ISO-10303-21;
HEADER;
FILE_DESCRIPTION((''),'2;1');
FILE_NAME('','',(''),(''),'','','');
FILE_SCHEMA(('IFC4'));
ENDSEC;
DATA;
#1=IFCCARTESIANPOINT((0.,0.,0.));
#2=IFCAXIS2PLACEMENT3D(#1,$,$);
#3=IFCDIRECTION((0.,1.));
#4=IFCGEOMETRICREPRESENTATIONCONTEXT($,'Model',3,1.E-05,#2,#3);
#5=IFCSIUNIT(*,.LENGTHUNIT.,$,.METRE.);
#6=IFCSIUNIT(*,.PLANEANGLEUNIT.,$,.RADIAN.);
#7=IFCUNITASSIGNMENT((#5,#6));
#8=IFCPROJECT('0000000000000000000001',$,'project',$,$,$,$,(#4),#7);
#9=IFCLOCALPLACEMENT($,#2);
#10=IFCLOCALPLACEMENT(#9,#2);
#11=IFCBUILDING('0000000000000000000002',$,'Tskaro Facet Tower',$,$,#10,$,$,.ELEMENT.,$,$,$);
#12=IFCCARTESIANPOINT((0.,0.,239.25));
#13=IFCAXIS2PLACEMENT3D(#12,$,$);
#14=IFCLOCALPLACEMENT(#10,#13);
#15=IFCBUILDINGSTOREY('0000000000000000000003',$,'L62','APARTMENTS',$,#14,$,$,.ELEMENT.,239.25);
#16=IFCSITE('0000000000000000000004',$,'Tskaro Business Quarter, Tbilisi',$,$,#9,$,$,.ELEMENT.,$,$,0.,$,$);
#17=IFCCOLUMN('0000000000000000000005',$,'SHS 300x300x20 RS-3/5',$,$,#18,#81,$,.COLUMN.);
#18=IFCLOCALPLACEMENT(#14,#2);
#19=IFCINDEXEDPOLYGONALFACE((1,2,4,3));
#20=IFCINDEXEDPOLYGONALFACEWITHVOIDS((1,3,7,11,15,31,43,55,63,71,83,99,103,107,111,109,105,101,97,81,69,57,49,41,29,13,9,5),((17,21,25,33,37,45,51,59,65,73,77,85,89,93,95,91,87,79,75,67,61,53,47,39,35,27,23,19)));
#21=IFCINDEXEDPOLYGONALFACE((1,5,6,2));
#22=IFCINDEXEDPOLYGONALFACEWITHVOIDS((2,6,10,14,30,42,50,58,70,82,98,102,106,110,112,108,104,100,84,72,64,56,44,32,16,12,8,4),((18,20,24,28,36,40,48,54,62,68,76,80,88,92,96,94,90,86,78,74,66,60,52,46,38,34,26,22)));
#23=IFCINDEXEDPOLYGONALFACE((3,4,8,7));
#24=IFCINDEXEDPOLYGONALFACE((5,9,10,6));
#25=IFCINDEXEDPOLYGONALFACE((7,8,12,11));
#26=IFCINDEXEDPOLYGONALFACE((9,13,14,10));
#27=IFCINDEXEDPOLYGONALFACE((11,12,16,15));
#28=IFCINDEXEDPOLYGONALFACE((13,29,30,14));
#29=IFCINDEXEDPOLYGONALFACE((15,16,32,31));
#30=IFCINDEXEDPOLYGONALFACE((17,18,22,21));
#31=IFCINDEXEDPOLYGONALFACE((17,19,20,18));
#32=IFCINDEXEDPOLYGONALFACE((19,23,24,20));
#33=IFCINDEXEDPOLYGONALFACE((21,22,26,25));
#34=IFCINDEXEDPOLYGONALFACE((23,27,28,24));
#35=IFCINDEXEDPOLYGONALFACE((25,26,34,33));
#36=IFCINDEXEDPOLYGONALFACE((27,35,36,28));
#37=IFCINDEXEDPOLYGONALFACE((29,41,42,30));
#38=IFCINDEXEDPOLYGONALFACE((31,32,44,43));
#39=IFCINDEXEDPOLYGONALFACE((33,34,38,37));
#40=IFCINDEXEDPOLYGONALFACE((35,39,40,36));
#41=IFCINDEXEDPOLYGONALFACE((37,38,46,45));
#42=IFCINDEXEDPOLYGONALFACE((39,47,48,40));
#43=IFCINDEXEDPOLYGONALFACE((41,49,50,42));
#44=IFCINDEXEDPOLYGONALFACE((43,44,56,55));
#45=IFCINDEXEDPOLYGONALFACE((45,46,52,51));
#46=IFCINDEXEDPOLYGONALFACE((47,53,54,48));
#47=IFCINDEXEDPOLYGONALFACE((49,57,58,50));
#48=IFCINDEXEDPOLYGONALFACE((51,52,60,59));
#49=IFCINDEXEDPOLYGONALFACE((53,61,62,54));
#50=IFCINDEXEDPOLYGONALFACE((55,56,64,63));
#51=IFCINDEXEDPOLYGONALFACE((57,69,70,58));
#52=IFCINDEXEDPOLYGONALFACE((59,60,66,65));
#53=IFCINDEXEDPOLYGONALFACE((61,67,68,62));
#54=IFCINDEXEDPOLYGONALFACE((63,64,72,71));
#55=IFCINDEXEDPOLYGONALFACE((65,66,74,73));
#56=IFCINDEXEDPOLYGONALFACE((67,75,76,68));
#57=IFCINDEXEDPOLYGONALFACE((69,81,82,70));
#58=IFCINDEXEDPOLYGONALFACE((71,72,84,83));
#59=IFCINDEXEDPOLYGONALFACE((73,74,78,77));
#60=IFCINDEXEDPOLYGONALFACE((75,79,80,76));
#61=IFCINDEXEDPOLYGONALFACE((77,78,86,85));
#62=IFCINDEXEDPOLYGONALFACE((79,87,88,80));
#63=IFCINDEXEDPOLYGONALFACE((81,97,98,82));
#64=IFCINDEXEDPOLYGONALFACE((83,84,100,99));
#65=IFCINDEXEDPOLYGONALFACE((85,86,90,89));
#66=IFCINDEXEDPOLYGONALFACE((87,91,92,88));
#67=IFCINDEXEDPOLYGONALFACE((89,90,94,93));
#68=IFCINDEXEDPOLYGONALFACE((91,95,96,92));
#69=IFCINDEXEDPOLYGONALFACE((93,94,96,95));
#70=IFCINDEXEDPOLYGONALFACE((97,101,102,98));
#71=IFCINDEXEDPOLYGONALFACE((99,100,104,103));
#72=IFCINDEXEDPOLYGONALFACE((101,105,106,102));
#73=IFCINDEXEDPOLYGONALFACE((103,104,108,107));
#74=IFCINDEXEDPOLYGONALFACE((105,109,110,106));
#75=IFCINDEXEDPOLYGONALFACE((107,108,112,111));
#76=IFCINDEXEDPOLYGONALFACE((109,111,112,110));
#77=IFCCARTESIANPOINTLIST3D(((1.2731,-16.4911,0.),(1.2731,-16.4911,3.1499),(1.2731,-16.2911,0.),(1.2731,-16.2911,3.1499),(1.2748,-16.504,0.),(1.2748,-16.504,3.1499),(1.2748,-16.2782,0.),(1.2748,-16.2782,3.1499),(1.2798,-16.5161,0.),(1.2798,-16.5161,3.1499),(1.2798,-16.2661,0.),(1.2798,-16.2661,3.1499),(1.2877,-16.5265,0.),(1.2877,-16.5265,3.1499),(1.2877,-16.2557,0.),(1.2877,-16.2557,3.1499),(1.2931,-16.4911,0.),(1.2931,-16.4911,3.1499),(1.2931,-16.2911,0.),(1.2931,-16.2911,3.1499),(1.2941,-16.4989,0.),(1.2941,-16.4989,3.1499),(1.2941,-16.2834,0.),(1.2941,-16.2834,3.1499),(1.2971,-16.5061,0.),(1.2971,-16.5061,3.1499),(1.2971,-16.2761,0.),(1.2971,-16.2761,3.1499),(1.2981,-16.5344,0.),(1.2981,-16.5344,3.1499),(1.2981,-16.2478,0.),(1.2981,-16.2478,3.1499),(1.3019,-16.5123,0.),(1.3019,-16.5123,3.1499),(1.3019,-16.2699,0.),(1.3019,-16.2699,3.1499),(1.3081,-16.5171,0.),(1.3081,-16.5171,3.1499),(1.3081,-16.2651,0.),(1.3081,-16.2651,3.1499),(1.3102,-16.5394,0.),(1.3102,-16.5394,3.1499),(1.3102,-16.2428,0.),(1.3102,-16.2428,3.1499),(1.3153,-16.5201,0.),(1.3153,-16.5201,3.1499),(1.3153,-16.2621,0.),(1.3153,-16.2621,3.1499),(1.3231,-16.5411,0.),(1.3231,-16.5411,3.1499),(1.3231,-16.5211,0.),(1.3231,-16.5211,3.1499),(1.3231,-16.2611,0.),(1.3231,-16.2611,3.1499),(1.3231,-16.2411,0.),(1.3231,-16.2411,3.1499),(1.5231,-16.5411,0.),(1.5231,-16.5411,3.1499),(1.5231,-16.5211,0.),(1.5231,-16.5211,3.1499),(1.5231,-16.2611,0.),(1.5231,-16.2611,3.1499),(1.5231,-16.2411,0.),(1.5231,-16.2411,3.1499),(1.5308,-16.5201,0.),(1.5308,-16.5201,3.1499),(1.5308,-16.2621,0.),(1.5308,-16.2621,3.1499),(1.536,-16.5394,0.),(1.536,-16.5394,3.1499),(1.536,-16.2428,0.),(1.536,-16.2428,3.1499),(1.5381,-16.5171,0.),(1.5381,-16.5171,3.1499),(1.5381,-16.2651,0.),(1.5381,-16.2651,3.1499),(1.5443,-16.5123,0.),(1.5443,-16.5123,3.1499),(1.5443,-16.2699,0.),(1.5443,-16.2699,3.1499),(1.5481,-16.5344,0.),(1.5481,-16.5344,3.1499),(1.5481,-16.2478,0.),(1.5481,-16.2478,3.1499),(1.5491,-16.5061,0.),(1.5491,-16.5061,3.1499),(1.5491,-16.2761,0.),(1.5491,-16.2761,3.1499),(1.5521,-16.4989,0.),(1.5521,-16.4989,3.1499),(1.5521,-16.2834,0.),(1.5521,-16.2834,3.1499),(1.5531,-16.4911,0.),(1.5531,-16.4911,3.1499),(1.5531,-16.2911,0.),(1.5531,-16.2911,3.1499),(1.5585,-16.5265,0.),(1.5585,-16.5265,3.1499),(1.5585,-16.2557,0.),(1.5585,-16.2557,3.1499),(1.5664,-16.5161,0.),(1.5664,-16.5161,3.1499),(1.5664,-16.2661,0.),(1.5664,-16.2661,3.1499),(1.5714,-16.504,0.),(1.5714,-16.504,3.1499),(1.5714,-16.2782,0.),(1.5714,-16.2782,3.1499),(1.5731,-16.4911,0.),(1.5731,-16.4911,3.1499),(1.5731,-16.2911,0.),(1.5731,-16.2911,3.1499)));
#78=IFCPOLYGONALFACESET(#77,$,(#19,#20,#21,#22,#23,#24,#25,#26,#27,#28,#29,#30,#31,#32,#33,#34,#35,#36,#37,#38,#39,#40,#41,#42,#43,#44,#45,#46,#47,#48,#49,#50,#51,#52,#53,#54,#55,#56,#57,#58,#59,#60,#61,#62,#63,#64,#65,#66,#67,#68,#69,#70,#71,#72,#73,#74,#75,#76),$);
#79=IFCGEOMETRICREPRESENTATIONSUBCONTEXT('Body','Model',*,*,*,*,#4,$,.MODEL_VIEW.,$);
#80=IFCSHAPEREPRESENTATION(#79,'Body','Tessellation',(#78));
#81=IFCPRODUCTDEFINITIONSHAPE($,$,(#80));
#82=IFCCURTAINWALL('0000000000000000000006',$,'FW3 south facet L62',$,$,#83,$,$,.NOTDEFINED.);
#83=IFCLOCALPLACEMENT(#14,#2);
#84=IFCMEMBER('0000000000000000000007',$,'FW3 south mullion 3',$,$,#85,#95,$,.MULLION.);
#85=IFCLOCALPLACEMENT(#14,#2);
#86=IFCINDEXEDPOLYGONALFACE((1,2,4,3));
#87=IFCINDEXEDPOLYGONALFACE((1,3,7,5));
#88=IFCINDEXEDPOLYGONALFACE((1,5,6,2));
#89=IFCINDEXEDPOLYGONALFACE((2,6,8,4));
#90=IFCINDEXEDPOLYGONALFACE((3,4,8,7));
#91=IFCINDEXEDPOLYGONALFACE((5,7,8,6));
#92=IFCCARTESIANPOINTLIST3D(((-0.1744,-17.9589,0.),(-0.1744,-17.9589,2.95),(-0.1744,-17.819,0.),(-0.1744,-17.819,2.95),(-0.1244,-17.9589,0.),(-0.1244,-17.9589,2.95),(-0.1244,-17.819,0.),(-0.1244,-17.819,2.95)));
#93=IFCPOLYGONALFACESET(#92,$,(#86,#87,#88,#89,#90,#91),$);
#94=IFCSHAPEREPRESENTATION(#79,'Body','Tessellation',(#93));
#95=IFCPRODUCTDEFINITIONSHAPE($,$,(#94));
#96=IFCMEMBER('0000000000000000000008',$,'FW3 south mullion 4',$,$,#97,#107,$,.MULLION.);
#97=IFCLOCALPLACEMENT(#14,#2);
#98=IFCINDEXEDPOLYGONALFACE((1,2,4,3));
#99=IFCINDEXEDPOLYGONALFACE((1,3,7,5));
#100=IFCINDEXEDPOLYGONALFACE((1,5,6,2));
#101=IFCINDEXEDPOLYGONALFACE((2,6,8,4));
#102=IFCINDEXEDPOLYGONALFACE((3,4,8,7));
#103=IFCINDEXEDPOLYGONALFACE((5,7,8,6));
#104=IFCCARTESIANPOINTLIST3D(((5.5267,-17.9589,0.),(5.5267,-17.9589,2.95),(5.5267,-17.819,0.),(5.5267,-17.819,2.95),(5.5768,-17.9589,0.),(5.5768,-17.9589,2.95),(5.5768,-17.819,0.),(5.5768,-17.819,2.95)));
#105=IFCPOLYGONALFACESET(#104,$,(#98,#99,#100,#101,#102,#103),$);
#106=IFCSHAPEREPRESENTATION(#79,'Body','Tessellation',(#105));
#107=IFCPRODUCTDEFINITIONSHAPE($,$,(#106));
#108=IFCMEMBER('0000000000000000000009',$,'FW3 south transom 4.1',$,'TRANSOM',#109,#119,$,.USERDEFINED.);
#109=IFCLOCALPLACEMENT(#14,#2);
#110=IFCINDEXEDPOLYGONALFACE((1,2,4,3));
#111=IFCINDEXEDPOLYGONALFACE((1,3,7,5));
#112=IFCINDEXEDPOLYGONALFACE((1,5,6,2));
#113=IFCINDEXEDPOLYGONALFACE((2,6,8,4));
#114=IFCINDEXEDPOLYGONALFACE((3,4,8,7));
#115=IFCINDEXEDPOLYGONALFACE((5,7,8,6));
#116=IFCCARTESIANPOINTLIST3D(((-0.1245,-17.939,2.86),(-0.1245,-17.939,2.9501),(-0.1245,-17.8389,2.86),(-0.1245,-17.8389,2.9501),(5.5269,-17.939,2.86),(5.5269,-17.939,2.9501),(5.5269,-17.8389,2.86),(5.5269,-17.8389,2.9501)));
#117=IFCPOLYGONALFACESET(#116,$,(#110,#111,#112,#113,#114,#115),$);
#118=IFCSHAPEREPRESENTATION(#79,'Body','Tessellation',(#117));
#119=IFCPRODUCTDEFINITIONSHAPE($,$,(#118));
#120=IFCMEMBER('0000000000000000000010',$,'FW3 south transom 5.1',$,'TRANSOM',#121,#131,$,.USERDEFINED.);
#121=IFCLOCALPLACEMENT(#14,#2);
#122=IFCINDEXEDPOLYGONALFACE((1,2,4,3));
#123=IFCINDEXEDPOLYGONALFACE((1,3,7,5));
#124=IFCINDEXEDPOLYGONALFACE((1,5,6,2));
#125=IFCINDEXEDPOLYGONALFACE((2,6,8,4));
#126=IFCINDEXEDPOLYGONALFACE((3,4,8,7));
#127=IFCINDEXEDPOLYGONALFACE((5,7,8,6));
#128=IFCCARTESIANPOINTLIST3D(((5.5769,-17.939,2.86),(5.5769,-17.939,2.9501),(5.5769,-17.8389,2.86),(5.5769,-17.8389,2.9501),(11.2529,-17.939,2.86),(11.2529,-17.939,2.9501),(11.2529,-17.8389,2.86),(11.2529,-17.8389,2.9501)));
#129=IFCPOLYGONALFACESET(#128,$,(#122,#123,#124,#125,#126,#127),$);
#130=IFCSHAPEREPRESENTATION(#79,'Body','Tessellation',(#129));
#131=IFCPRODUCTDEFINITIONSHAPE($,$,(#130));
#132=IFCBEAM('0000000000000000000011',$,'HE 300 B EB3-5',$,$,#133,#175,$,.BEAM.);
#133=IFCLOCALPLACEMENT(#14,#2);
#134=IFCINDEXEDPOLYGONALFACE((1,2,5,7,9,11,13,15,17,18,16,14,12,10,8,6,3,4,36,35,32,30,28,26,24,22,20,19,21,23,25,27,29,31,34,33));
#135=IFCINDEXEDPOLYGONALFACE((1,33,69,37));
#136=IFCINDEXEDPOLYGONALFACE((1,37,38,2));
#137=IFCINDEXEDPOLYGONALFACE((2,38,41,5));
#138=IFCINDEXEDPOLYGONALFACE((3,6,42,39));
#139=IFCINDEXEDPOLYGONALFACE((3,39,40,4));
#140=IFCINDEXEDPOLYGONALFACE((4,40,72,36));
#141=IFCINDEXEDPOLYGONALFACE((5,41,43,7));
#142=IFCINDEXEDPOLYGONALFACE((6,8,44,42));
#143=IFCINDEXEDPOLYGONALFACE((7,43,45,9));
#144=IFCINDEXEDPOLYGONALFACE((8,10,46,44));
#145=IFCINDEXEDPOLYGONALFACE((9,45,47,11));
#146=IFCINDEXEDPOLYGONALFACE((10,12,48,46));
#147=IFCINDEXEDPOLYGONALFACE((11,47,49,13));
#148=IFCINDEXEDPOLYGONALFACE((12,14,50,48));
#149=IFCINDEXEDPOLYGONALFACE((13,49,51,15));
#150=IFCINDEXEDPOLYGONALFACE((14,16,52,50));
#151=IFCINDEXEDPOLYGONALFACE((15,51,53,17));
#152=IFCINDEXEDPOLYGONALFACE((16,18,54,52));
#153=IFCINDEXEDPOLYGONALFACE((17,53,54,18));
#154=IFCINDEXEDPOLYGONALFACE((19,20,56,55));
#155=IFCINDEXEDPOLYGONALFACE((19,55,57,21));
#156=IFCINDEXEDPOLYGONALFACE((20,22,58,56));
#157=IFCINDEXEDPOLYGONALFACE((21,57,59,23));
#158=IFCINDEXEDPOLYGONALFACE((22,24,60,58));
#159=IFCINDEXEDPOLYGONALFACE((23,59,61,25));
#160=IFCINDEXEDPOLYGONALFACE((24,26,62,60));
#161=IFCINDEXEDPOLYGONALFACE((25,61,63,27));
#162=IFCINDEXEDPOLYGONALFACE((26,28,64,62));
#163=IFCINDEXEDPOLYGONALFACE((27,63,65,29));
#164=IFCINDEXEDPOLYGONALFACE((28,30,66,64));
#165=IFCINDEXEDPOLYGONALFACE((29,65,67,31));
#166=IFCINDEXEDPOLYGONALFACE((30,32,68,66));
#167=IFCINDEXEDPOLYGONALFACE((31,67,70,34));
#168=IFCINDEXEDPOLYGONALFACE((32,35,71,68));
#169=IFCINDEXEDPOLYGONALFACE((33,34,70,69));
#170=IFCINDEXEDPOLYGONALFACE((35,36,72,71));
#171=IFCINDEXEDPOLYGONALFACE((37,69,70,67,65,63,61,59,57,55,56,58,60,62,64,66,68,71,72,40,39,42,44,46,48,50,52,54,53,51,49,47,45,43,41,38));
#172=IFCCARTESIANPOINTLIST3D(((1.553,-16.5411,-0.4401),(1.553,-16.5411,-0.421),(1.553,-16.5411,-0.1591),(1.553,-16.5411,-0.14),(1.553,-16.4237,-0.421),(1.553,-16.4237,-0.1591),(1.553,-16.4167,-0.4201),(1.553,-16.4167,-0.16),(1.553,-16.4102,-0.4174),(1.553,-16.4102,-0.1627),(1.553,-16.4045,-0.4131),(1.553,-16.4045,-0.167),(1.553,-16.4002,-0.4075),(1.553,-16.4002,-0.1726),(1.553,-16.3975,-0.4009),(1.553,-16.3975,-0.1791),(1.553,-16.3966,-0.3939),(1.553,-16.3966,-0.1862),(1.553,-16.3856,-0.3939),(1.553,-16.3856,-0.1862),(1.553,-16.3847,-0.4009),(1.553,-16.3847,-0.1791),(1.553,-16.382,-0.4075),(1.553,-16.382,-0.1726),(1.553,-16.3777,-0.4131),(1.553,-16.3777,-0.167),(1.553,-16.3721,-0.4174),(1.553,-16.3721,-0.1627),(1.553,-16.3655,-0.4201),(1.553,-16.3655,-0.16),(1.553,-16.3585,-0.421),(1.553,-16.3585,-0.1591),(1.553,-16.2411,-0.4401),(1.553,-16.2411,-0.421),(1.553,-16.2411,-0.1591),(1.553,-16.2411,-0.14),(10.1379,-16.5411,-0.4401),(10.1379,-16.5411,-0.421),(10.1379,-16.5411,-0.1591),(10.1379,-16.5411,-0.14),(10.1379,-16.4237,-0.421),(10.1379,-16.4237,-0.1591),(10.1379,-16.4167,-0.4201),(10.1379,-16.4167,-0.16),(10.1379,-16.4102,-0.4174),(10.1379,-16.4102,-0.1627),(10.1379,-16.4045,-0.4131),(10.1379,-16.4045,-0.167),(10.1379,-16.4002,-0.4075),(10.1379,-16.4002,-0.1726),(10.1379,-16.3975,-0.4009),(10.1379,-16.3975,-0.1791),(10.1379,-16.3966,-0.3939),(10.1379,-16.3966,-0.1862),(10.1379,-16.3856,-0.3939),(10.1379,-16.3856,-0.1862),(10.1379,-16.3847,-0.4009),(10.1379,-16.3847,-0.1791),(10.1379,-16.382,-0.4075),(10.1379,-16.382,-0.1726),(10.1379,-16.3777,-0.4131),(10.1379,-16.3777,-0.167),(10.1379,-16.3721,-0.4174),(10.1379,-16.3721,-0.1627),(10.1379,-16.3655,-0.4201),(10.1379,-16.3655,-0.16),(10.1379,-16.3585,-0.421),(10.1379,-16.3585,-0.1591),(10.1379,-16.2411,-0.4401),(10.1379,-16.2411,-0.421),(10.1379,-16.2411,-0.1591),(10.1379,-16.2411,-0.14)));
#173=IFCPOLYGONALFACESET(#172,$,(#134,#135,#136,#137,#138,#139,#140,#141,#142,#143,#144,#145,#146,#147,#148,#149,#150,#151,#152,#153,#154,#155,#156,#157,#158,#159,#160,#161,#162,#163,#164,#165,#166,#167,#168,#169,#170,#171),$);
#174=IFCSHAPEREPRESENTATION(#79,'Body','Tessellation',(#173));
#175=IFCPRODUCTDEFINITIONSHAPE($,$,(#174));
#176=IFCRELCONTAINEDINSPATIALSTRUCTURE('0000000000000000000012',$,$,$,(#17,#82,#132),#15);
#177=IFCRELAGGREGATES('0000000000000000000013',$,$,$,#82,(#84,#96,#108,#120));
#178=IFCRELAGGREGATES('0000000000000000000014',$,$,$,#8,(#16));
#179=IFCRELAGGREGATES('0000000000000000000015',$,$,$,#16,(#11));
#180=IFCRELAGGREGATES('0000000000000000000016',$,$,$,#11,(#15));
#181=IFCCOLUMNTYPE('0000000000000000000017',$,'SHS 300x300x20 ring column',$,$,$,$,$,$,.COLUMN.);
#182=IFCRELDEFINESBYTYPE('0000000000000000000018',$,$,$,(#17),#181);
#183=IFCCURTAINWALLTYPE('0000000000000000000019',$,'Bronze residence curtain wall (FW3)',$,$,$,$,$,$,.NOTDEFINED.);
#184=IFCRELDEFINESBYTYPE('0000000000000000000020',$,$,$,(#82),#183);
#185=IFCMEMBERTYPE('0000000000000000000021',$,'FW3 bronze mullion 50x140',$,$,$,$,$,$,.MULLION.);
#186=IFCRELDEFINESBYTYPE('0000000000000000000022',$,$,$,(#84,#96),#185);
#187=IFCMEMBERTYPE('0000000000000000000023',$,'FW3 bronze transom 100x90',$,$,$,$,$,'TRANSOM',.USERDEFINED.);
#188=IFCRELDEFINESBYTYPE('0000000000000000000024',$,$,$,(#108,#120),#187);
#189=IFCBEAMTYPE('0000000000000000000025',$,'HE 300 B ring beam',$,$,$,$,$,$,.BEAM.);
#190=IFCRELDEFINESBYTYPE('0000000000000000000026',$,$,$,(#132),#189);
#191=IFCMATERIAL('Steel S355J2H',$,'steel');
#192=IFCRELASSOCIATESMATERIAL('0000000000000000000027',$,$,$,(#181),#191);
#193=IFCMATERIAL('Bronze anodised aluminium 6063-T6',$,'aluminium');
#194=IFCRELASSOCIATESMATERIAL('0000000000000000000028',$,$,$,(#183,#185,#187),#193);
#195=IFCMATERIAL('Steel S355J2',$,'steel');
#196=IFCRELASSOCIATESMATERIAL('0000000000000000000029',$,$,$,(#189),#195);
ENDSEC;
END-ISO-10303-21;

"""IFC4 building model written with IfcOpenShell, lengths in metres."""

from ifc_helpers import new_model, si_unit, direction, frame, origin, origin_2d, place, context, subcontext, project, spatial, rectangle, hollow_rectangle, i_section, extrude, material, material_profile, profile_set, type_object, element, aggregate, save


model = new_model("IFC4")

# Units and contexts
model_context = context("Model", 3, precision=1e-05, world=origin(), true_north=direction((0.0, 1.0)))
body_context = subcontext(model_context, "Body", "Model", "MODEL_VIEW")
ifc_project = project(units=[si_unit("LENGTHUNIT", "METRE"), si_unit("PLANEANGLEUNIT", "RADIAN")], contexts=[model_context])

# Site, building, storey
site_placement = place(None, origin())
site = spatial("IfcSite", under=ifc_project, at=site_placement, Name="Tskaro Business Quarter, Tbilisi", CompositionType="ELEMENT", RefElevation=0.0)
building_placement = place(site_placement, origin())
building = spatial("IfcBuilding", under=site, at=building_placement, Name="Tskaro Facet Tower", CompositionType="ELEMENT")
storey_placement = place(building_placement, frame((0.0, 0.0, 239.25)))
storey = spatial("IfcBuildingStorey", under=building, at=storey_placement, Name="L62", Description="APARTMENTS", CompositionType="ELEMENT", Elevation=239.25)

# Column
ifc_material_1 = material(Name="Steel S355J2H", Category="steel")
ifc_material_profile_1 = material_profile(ifc_material_1, hollow_rectangle(XDim=0.3, YDim=0.3, WallThickness=0.02, InnerFilletRadius=0.03, OuterFilletRadius=0.05, at=origin_2d()), Name="SHS 300x300x20")
ifc_profile_set_1 = profile_set([ifc_material_profile_1], Name="Steel S355J2H")
column_type = type_object("IfcColumnType", Name="SHS 300x300x20 ring column", PredefinedType="COLUMN", material=ifc_profile_set_1)
column_placement = place(storey_placement, frame((1.4231, -16.3911, 0.0), z_axis=(0.0, 0.0, 1.0), x_axis=(1.0, 0.0, 0.0)))
element("IfcColumn", 1, at=column_placement, inside=storey, type_object=column_type, Name="SHS 300x300x20 RS-3/5", PredefinedType="COLUMN", context=body_context, shape_type="SweptSolid", body=[
    extrude(hollow_rectangle(XDim=0.3, YDim=0.3, WallThickness=0.02, InnerFilletRadius=0.03, OuterFilletRadius=0.05, at=origin_2d()), origin(), (0.0, 0.0, 1.0), 3.1499),
])

# Curtain wall, members
ifc_material_2 = material(Name="Bronze anodised aluminium 6063-T6", Category="aluminium")
curtain_wall_type = type_object("IfcCurtainWallType", Name="Bronze residence curtain wall (FW3)", PredefinedType="NOTDEFINED", material=ifc_material_2)
curtain_wall_placement = place(storey_placement, origin())
curtain_wall = element("IfcCurtainWall", 2, at=curtain_wall_placement, inside=storey, type_object=curtain_wall_type, Name="FW3 south facet L62", PredefinedType="NOTDEFINED")
ifc_material_profile_2 = material_profile(ifc_material_2, rectangle(XDim=0.05, YDim=0.1399, at=origin_2d()), Name="Mullion 50x140")
ifc_profile_set_2 = profile_set([ifc_material_profile_2], Name="Bronze anodised aluminium 6063-T6")
member_type_1 = type_object("IfcMemberType", Name="FW3 bronze mullion 50x140", PredefinedType="MULLION", material=ifc_profile_set_2)
member_1_placement = place(storey_placement, frame((-0.1494, -17.8889, 0.0), z_axis=(0.0, 0.0, 1.0), x_axis=(1.0, 0.0, 0.0)))
member_1 = element("IfcMember", 3, at=member_1_placement, type_object=member_type_1, Name="FW3 south mullion 3", PredefinedType="MULLION", context=body_context, shape_type="SweptSolid", body=[
    extrude(rectangle(XDim=0.05, YDim=0.1399, at=origin_2d()), origin(), (0.0, 0.0, 1.0), 2.95),
])
member_2_placement = place(storey_placement, frame((5.5518, -17.8889, 0.0), z_axis=(0.0, 0.0, 1.0), x_axis=(1.0, 0.0, 0.0)))
member_2 = element("IfcMember", 4, at=member_2_placement, type_object=member_type_1, Name="FW3 south mullion 4", PredefinedType="MULLION", context=body_context, shape_type="SweptSolid", body=[
    extrude(rectangle(XDim=0.05, YDim=0.1399, at=origin_2d()), origin(), (0.0, 0.0, 1.0), 2.95),
])
ifc_material_profile_3 = material_profile(ifc_material_2, rectangle(XDim=0.1001, YDim=0.0901, at=origin_2d()), Name="Transom 100x90")
ifc_profile_set_3 = profile_set([ifc_material_profile_3], Name="Bronze anodised aluminium 6063-T6")
member_type_2 = type_object("IfcMemberType", Name="FW3 bronze transom 100x90", ElementType="TRANSOM", PredefinedType="USERDEFINED", material=ifc_profile_set_3)
member_3_placement = place(storey_placement, frame((-0.1245, -17.8889, 2.905), z_axis=(1.0, 0.0, 0.0), x_axis=(0.0, 1.0, 0.0)))
member_3 = element("IfcMember", 5, at=member_3_placement, type_object=member_type_2, Name="FW3 south transom 4.1", ObjectType="TRANSOM", PredefinedType="USERDEFINED", context=body_context, shape_type="SweptSolid", body=[
    extrude(rectangle(XDim=0.1001, YDim=0.0901, at=origin_2d()), origin(), (0.0, 0.0, 1.0), 5.6514),
])
member_4_placement = place(storey_placement, frame((5.5769, -17.8889, 2.905), z_axis=(1.0, 0.0, 0.0), x_axis=(0.0, 1.0, 0.0)))
member_4 = element("IfcMember", 6, at=member_4_placement, type_object=member_type_2, Name="FW3 south transom 5.1", ObjectType="TRANSOM", PredefinedType="USERDEFINED", context=body_context, shape_type="SweptSolid", body=[
    extrude(rectangle(XDim=0.1001, YDim=0.0901, at=origin_2d()), origin(), (0.0, 0.0, 1.0), 5.676),
])

# Beam
ifc_material_3 = material(Name="Steel S355J2", Category="steel")
ifc_material_profile_4 = material_profile(ifc_material_3, i_section(OverallWidth=0.3, OverallDepth=0.3, WebThickness=0.011, FlangeThickness=0.019, FilletRadius=0.0271, at=origin_2d()), Name="HE 300 B")
ifc_profile_set_4 = profile_set([ifc_material_profile_4], Name="Steel S355J2")
beam_type_1 = type_object("IfcBeamType", Name="HE 300 B ring beam", PredefinedType="BEAM", material=ifc_profile_set_4)
beam_1_placement = place(storey_placement, frame((1.553, -16.3911, -0.29), z_axis=(1.0, 0.0, 0.0), x_axis=(0.0, 1.0, 0.0)))
element("IfcBeam", 7, at=beam_1_placement, inside=storey, type_object=beam_type_1, Name="HE 300 B EB3-5", PredefinedType="BEAM", context=body_context, shape_type="SweptSolid", body=[
    extrude(i_section(OverallWidth=0.3, OverallDepth=0.3, WebThickness=0.011, FlangeThickness=0.019, FilletRadius=0.0271, at=origin_2d()), origin(), (0.0, 0.0, 1.0), 8.585),
])

aggregate(curtain_wall, [member_1, member_2, member_3, member_4])

save(model, "model.ifc")
